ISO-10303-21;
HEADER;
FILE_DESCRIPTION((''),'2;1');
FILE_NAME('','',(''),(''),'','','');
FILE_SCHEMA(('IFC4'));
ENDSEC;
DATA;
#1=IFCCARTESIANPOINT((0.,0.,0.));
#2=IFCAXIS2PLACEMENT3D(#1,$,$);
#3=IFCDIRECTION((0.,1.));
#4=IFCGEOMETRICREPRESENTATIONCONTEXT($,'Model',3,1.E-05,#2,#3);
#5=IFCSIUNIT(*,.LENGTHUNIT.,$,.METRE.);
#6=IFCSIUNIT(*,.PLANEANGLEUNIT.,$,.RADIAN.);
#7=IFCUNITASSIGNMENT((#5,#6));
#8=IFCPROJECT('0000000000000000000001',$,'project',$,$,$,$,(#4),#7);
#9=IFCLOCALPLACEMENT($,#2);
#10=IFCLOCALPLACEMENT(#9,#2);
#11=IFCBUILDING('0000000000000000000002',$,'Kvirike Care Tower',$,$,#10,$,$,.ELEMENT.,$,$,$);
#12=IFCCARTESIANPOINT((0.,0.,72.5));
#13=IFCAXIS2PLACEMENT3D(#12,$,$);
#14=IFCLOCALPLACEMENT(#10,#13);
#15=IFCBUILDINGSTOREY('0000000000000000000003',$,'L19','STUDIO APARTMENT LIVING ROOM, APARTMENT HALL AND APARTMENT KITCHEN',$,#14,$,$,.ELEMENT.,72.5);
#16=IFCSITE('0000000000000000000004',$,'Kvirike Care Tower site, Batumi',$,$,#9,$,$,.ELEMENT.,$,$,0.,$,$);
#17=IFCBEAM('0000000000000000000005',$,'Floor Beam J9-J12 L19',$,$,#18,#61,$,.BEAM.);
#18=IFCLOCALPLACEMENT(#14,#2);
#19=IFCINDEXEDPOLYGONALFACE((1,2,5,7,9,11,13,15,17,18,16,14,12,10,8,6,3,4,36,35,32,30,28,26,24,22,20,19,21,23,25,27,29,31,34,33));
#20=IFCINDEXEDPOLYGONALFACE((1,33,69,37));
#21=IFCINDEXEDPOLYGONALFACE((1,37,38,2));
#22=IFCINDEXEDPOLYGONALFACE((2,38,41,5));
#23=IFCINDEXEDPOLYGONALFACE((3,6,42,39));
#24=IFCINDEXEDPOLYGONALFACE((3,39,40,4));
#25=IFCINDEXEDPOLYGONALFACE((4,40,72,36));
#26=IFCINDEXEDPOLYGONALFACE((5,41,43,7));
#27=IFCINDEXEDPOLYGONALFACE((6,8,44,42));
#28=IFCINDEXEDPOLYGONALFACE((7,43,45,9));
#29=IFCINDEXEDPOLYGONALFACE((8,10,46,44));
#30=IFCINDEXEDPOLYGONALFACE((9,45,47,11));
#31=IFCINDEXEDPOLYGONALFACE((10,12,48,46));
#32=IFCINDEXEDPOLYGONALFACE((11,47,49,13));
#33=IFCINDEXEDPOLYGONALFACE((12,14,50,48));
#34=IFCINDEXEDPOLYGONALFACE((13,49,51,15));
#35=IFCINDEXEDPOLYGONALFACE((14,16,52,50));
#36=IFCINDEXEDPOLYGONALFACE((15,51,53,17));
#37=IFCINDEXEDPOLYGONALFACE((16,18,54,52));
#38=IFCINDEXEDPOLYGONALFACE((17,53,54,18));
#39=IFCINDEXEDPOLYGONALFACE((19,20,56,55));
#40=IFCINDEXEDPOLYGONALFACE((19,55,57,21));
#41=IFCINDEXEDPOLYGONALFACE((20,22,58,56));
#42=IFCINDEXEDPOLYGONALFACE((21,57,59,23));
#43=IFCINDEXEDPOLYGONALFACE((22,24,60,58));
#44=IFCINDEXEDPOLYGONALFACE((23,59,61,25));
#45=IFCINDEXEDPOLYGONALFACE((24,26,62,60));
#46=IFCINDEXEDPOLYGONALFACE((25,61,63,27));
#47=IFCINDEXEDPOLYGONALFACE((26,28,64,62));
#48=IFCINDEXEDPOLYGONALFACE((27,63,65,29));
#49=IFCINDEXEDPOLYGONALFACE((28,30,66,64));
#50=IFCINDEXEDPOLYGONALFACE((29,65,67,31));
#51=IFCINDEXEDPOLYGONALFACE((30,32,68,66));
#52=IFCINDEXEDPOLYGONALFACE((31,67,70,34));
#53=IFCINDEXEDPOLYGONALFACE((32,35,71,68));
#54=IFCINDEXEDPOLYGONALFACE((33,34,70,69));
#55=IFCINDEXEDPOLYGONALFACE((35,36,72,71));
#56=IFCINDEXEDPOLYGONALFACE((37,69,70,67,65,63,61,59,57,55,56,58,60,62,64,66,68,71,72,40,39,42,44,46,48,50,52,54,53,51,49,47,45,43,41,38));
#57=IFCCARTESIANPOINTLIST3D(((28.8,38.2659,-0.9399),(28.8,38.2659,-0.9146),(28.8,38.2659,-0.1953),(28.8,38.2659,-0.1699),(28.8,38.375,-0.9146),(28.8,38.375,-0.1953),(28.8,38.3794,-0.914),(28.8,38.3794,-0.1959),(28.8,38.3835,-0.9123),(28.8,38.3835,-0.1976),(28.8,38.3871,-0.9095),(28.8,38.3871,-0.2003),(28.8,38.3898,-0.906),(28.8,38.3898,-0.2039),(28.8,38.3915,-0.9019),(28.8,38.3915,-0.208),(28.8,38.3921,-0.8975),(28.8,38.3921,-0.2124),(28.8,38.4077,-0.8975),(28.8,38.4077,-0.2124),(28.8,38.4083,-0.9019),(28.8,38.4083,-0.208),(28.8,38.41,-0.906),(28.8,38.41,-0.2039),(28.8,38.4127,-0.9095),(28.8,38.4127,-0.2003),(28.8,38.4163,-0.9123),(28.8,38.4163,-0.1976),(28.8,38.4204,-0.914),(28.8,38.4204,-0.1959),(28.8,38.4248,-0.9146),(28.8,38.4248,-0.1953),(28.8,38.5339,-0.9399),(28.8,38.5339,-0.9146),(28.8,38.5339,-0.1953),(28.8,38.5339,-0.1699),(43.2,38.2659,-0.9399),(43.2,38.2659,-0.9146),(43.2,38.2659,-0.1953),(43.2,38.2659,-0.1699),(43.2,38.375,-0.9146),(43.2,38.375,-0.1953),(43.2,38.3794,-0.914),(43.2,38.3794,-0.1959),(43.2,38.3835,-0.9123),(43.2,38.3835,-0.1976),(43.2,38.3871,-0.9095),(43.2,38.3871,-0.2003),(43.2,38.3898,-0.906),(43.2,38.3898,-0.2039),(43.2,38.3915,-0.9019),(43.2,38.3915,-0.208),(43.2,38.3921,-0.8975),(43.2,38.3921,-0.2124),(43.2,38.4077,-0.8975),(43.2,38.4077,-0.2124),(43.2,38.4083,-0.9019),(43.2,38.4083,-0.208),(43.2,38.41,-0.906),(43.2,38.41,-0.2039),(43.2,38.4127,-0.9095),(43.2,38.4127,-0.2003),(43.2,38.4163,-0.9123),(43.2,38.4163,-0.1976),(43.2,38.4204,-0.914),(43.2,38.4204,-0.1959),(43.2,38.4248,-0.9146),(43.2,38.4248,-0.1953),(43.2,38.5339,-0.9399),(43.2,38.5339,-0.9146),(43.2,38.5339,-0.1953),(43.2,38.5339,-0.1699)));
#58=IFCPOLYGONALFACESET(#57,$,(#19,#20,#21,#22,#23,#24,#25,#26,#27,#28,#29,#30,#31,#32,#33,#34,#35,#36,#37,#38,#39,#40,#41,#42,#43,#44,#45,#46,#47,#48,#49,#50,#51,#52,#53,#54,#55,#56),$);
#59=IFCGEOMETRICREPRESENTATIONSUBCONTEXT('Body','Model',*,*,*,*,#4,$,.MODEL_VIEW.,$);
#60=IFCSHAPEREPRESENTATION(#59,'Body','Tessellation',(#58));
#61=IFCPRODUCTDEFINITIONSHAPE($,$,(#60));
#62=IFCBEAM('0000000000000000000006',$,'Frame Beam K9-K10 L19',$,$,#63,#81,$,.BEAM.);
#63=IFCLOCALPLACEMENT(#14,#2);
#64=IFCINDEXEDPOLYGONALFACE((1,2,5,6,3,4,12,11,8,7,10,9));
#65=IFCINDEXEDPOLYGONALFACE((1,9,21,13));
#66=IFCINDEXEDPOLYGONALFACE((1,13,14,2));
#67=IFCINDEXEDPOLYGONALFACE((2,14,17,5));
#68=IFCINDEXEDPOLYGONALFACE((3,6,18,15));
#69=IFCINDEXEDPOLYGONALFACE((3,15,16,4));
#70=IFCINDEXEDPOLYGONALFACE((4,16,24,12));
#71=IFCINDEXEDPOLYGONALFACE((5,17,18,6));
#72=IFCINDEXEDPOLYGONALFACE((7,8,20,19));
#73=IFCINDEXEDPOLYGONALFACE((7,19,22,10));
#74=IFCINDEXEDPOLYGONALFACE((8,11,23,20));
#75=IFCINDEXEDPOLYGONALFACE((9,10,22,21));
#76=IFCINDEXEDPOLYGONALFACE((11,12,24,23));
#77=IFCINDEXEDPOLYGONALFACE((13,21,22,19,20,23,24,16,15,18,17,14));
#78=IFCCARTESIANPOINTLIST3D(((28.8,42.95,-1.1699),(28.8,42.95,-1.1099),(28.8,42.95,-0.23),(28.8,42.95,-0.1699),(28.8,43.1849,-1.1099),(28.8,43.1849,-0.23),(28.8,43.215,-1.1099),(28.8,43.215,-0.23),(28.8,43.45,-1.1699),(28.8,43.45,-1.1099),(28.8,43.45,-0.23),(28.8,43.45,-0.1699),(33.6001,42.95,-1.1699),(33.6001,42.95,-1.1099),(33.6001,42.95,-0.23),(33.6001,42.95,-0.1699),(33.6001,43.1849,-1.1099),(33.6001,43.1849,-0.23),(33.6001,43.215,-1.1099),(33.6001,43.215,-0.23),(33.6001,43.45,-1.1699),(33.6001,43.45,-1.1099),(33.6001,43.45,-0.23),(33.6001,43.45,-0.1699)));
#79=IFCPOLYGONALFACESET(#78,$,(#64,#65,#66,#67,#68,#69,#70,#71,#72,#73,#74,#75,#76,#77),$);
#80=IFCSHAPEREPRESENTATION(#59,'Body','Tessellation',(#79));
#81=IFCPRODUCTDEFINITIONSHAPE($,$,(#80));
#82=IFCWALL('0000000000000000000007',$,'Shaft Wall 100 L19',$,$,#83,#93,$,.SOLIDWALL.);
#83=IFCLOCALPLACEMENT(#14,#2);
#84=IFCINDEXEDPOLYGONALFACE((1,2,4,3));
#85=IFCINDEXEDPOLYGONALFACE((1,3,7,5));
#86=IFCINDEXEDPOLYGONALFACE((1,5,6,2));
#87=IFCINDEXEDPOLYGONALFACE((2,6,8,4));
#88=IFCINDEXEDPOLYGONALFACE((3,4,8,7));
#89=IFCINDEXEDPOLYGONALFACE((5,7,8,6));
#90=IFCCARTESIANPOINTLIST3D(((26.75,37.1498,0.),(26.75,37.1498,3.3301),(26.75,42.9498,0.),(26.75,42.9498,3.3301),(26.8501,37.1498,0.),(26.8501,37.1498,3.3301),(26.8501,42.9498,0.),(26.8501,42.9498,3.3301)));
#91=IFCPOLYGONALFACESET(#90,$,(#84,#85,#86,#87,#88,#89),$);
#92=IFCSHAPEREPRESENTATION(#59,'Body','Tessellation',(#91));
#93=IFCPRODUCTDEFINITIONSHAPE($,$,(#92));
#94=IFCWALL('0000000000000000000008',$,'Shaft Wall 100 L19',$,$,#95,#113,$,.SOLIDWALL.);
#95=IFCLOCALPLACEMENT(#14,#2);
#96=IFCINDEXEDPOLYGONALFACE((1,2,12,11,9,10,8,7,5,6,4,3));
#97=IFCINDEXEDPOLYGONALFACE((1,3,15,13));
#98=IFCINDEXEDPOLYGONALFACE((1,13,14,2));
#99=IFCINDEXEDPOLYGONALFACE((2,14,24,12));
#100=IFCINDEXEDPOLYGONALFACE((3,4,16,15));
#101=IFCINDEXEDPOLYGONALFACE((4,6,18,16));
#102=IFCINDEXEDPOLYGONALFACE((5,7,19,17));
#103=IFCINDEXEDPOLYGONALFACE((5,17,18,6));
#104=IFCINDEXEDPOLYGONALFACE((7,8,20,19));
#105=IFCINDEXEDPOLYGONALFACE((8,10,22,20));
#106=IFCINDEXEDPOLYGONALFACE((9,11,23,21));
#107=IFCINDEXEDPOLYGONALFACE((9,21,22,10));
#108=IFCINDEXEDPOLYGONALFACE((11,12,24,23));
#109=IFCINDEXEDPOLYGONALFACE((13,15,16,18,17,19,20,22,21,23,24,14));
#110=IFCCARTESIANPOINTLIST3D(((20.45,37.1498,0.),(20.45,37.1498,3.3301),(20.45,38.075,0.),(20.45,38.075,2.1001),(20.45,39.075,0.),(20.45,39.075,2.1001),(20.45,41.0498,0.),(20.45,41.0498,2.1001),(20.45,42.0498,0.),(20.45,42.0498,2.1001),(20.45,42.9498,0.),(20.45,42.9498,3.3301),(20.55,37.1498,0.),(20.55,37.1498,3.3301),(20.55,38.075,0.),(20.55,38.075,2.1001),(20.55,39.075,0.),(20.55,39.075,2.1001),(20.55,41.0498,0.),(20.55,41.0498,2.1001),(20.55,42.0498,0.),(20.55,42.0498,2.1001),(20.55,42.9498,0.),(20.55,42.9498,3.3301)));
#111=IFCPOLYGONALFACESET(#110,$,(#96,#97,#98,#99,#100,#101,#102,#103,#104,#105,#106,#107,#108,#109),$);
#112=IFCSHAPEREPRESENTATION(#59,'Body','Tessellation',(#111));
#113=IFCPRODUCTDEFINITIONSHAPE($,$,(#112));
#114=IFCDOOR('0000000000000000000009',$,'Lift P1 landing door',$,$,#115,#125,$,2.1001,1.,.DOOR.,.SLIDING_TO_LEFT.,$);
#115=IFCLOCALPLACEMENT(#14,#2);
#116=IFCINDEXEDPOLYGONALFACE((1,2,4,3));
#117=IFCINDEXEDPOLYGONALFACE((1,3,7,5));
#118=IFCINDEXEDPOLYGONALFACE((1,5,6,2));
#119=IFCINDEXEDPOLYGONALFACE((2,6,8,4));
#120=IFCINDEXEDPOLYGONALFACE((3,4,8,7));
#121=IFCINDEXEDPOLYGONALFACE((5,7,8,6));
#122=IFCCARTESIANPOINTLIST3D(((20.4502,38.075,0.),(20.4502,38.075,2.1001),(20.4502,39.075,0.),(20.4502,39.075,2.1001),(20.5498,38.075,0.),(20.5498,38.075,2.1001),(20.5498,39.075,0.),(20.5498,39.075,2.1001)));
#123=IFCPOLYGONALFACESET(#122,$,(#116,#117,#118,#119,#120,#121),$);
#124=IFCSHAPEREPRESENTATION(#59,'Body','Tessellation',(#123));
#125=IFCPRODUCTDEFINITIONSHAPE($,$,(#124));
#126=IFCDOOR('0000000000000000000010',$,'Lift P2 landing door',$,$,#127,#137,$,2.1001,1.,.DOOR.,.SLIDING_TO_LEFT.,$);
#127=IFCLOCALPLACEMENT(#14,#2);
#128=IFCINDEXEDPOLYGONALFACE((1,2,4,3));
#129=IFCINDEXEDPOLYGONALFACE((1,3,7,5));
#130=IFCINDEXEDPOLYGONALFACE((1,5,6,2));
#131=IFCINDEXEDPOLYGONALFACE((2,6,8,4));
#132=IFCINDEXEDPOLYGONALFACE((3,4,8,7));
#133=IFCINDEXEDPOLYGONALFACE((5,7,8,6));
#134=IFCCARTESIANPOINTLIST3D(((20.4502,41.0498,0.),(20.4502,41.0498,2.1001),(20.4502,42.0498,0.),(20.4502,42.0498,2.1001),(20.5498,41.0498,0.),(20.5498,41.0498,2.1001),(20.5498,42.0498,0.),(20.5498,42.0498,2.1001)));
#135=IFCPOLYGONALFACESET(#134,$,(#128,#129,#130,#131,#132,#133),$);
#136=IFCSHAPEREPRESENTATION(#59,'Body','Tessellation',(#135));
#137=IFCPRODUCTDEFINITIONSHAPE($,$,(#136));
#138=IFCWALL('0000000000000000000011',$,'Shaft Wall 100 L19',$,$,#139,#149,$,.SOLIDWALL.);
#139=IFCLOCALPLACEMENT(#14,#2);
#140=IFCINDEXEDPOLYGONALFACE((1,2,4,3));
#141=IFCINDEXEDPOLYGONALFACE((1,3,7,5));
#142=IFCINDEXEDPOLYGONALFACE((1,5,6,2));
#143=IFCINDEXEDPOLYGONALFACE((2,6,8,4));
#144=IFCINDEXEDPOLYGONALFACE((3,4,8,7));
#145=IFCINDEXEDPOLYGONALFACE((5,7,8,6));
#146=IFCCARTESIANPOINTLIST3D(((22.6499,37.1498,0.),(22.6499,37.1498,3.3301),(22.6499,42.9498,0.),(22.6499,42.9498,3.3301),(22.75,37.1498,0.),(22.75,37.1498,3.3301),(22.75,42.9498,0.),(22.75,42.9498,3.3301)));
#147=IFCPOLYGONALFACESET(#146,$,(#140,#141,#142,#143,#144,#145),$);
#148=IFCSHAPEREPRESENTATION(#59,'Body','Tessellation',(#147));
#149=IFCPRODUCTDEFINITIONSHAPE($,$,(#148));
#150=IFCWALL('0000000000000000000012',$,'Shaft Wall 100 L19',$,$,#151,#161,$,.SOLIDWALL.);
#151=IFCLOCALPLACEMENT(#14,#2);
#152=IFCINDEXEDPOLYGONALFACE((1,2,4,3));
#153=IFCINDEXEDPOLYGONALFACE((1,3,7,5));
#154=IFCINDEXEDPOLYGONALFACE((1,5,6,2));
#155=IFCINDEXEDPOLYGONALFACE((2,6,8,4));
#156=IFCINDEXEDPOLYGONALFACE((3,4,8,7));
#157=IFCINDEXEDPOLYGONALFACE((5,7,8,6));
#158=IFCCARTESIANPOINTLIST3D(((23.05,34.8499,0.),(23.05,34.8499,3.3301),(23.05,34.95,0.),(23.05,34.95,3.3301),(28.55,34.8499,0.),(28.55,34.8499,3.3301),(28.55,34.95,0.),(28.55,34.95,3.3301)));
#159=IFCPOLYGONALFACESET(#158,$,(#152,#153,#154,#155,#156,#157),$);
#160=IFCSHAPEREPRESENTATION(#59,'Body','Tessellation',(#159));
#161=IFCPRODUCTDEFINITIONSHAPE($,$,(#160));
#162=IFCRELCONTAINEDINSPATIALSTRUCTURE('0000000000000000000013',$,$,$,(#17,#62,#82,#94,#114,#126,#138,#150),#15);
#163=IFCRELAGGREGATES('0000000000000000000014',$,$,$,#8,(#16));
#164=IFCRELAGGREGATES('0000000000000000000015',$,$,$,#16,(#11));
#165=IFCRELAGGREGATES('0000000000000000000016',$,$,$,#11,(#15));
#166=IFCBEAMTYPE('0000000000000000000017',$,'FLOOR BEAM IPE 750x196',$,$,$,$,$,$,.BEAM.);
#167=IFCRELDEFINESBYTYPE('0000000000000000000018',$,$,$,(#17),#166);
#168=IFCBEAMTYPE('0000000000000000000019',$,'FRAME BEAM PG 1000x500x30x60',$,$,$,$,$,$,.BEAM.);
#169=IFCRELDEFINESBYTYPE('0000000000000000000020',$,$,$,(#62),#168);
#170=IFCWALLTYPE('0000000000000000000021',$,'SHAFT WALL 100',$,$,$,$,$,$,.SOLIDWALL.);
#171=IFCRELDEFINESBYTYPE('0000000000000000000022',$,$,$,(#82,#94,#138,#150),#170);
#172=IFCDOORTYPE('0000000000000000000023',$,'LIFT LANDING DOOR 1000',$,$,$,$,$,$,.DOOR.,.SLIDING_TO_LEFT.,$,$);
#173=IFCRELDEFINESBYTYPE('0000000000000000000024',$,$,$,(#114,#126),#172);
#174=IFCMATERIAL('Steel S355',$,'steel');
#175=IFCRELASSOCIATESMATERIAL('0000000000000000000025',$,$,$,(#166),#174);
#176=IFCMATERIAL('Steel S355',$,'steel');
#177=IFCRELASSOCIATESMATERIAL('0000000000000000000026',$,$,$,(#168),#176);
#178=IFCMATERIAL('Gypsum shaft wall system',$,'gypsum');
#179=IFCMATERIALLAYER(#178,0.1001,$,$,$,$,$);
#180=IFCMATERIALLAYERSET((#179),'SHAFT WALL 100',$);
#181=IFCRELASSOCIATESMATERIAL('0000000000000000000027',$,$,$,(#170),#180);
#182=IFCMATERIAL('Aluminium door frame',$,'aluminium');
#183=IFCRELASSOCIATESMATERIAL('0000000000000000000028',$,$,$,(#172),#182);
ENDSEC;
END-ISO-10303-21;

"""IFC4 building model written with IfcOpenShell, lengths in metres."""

from ifc_helpers import new_model, si_unit, direction, frame, frame_2d, origin, origin_2d, place, context, subcontext, project, spatial, rectangle, i_section, extrude, material, layer, layer_set, material_profile, profile_set, type_object, element, fill, save


model = new_model("IFC4")

# Units and contexts
model_context = context("Model", 3, precision=1e-05, world=origin(), true_north=direction((0.0, 1.0)))
body_context = subcontext(model_context, "Body", "Model", "MODEL_VIEW")
ifc_project = project(units=[si_unit("LENGTHUNIT", "METRE"), si_unit("PLANEANGLEUNIT", "RADIAN")], contexts=[model_context])

# Site, building, storey
site_placement = place(None, origin())
site = spatial("IfcSite", under=ifc_project, at=site_placement, Name="Kvirike Care Tower site, Batumi", CompositionType="ELEMENT", RefElevation=0.0)
building_placement = place(site_placement, origin())
building = spatial("IfcBuilding", under=site, at=building_placement, Name="Kvirike Care Tower", CompositionType="ELEMENT")
storey_placement = place(building_placement, frame((0.0, 0.0, 72.5)))
storey = spatial("IfcBuildingStorey", under=building, at=storey_placement, Name="L19", Description="STUDIO APARTMENT LIVING ROOM, APARTMENT HALL AND APARTMENT KITCHEN", CompositionType="ELEMENT", Elevation=72.5)

# Beams
ifc_material_1 = material(Name="Steel S355", Category="steel")
ifc_material_profile_1 = material_profile(ifc_material_1, i_section(OverallWidth=0.2681, OverallDepth=0.77, WebThickness=0.0156, FlangeThickness=0.0254, FilletRadius=0.0171, at=origin_2d()), Name="IPE 750x196")
ifc_profile_set_1 = profile_set([ifc_material_profile_1], Name="Steel S355")
beam_type_1 = type_object("IfcBeamType", Name="FLOOR BEAM IPE 750x196", PredefinedType="BEAM", material=ifc_profile_set_1)
beam_1_placement = place(storey_placement, frame((28.8, 38.3999, -0.5549), z_axis=(1.0, 0.0, 0.0), x_axis=(0.0, 1.0, 0.0)))
element("IfcBeam", 1, at=beam_1_placement, inside=storey, type_object=beam_type_1, Name="Floor Beam J9-J12 L19", PredefinedType="BEAM", context=body_context, shape_type="SweptSolid", body=[
    extrude(i_section(OverallWidth=0.2681, OverallDepth=0.77, WebThickness=0.0156, FlangeThickness=0.0254, FilletRadius=0.0171, at=origin_2d()), origin(), (0.0, 0.0, 1.0), 14.3999),
])
ifc_material_2 = material(Name="Steel S355", Category="steel")
ifc_material_profile_2 = material_profile(ifc_material_2, i_section(OverallWidth=0.5, OverallDepth=1.0, WebThickness=0.03, FlangeThickness=0.0601, at=origin_2d()), Name="PG 1000x500x30x60")
ifc_profile_set_2 = profile_set([ifc_material_profile_2], Name="Steel S355")
beam_type_2 = type_object("IfcBeamType", Name="FRAME BEAM PG 1000x500x30x60", PredefinedType="BEAM", material=ifc_profile_set_2)
beam_2_placement = place(storey_placement, frame((28.8, 43.2, -0.6699), z_axis=(1.0, 0.0, 0.0), x_axis=(0.0, 1.0, 0.0)))
element("IfcBeam", 2, at=beam_2_placement, inside=storey, type_object=beam_type_2, Name="Frame Beam K9-K10 L19", PredefinedType="BEAM", context=body_context, shape_type="SweptSolid", body=[
    extrude(i_section(OverallWidth=0.5, OverallDepth=1.0, WebThickness=0.03, FlangeThickness=0.0601, at=origin_2d()), origin(), (0.0, 0.0, 1.0), 4.8),
])

# Wall
ifc_material_3 = material(Name="Gypsum shaft wall system", Category="gypsum")
ifc_layer = layer(ifc_material_3, 0.1001)
ifc_layer_set = layer_set([ifc_layer], Name="SHAFT WALL 100")
wall_type = type_object("IfcWallType", Name="SHAFT WALL 100", PredefinedType="SOLIDWALL", material=ifc_layer_set)
wall_1_placement = place(storey_placement, frame((26.8, 37.1499, 0.0), z_axis=(0.0, 0.0, 1.0), x_axis=(0.0, 1.0, 0.0)))
element("IfcWall", 3, at=wall_1_placement, inside=storey, type_object=wall_type, Name="Shaft Wall 100 L19", PredefinedType="SOLIDWALL", context=body_context, shape_type="SweptSolid", body=[
    extrude(rectangle(XDim=5.8, YDim=0.1001, at=frame_2d((2.8999, 0.0))), origin(), (0.0, 0.0, 1.0), 3.3301),
])

# Wall, openings, doors
wall_2_placement = place(storey_placement, frame((20.5, 37.1499, 0.0), z_axis=(0.0, 0.0, 1.0), x_axis=(0.0, 1.0, 0.0)))
wall_2 = element("IfcWall", 4, at=wall_2_placement, inside=storey, type_object=wall_type, Name="Shaft Wall 100 L19", PredefinedType="SOLIDWALL", context=body_context, shape_type="SweptSolid", body=[
    extrude(rectangle(XDim=5.8, YDim=0.1001, at=frame_2d((2.8999, 0.0))), origin(), (0.0, 0.0, 1.0), 3.3301),
])
opening_1_placement = place(wall_2_placement, frame((0.925, 0.0, 0.0)))
opening_1 = element("IfcOpeningElement", 5, at=opening_1_placement, cuts=wall_2, PredefinedType="OPENING", context=body_context, shape_type="SweptSolid", body=[
    extrude(rectangle(XDim=1.0, YDim=2.1001, at=frame_2d((0.5, 1.05))), frame((0.0, 0.0605, 0.0), z_axis=(0.0, -1.0, 0.0), x_axis=(1.0, 0.0, 0.0)), (0.0, 0.0, 1.0), 0.1211),
])
opening_2_placement = place(wall_2_placement, frame((3.8999, 0.0, 0.0)))
opening_2 = element("IfcOpeningElement", 6, at=opening_2_placement, cuts=wall_2, PredefinedType="OPENING", context=body_context, shape_type="SweptSolid", body=[
    extrude(rectangle(XDim=1.0, YDim=2.1001, at=frame_2d((0.5, 1.05))), frame((0.0, 0.0605, 0.0), z_axis=(0.0, -1.0, 0.0), x_axis=(1.0, 0.0, 0.0)), (0.0, 0.0, 1.0), 0.1211),
])
ifc_material_4 = material(Name="Aluminium door frame", Category="aluminium")
door_type_1 = type_object("IfcDoorType", Name="LIFT LANDING DOOR 1000", OperationType="SLIDING_TO_LEFT", PredefinedType="DOOR", material=ifc_material_4)
door_1_placement = place(opening_1_placement, origin())
door_1 = element("IfcDoor", 7, at=door_1_placement, inside=storey, type_object=door_type_1, Name="Lift P1 landing door", OperationType="SLIDING_TO_LEFT", OverallHeight=2.1001, OverallWidth=1.0, PredefinedType="DOOR", context=body_context, shape_type="SweptSolid", body=[
    extrude(rectangle(XDim=1.0, YDim=2.1001, at=frame_2d((0.5, 1.05))), frame((0.0, 0.0498, 0.0), z_axis=(0.0, -1.0, 0.0), x_axis=(1.0, 0.0, 0.0)), (0.0, 0.0, 1.0), 0.0996),
])
fill(opening_1, door_1)
door_2_placement = place(opening_2_placement, origin())
door_2 = element("IfcDoor", 8, at=door_2_placement, inside=storey, type_object=door_type_1, Name="Lift P2 landing door", OperationType="SLIDING_TO_LEFT", OverallHeight=2.1001, OverallWidth=1.0, PredefinedType="DOOR", context=body_context, shape_type="SweptSolid", body=[
    extrude(rectangle(XDim=1.0, YDim=2.1001, at=frame_2d((0.5, 1.05))), frame((0.0, 0.0498, 0.0), z_axis=(0.0, -1.0, 0.0), x_axis=(1.0, 0.0, 0.0)), (0.0, 0.0, 1.0), 0.0996),
])
fill(opening_2, door_2)

# Walls
wall_3_placement = place(storey_placement, frame((22.7, 37.1499, 0.0), z_axis=(0.0, 0.0, 1.0), x_axis=(0.0, 1.0, 0.0)))
element("IfcWall", 9, at=wall_3_placement, inside=storey, type_object=wall_type, Name="Shaft Wall 100 L19", PredefinedType="SOLIDWALL", context=body_context, shape_type="SweptSolid", body=[
    extrude(rectangle(XDim=5.8, YDim=0.1001, at=frame_2d((2.8999, 0.0))), origin(), (0.0, 0.0, 1.0), 3.3301),
])
wall_4_placement = place(storey_placement, frame((23.05, 34.8999, 0.0), z_axis=(0.0, 0.0, 1.0), x_axis=(1.0, 0.0, 0.0)))
element("IfcWall", 10, at=wall_4_placement, inside=storey, type_object=wall_type, Name="Shaft Wall 100 L19", PredefinedType="SOLIDWALL", context=body_context, shape_type="SweptSolid", body=[
    extrude(rectangle(XDim=5.5, YDim=0.1001, at=frame_2d((2.75, 0.0))), origin(), (0.0, 0.0, 1.0), 3.3301),
])

save(model, "model.ifc")
